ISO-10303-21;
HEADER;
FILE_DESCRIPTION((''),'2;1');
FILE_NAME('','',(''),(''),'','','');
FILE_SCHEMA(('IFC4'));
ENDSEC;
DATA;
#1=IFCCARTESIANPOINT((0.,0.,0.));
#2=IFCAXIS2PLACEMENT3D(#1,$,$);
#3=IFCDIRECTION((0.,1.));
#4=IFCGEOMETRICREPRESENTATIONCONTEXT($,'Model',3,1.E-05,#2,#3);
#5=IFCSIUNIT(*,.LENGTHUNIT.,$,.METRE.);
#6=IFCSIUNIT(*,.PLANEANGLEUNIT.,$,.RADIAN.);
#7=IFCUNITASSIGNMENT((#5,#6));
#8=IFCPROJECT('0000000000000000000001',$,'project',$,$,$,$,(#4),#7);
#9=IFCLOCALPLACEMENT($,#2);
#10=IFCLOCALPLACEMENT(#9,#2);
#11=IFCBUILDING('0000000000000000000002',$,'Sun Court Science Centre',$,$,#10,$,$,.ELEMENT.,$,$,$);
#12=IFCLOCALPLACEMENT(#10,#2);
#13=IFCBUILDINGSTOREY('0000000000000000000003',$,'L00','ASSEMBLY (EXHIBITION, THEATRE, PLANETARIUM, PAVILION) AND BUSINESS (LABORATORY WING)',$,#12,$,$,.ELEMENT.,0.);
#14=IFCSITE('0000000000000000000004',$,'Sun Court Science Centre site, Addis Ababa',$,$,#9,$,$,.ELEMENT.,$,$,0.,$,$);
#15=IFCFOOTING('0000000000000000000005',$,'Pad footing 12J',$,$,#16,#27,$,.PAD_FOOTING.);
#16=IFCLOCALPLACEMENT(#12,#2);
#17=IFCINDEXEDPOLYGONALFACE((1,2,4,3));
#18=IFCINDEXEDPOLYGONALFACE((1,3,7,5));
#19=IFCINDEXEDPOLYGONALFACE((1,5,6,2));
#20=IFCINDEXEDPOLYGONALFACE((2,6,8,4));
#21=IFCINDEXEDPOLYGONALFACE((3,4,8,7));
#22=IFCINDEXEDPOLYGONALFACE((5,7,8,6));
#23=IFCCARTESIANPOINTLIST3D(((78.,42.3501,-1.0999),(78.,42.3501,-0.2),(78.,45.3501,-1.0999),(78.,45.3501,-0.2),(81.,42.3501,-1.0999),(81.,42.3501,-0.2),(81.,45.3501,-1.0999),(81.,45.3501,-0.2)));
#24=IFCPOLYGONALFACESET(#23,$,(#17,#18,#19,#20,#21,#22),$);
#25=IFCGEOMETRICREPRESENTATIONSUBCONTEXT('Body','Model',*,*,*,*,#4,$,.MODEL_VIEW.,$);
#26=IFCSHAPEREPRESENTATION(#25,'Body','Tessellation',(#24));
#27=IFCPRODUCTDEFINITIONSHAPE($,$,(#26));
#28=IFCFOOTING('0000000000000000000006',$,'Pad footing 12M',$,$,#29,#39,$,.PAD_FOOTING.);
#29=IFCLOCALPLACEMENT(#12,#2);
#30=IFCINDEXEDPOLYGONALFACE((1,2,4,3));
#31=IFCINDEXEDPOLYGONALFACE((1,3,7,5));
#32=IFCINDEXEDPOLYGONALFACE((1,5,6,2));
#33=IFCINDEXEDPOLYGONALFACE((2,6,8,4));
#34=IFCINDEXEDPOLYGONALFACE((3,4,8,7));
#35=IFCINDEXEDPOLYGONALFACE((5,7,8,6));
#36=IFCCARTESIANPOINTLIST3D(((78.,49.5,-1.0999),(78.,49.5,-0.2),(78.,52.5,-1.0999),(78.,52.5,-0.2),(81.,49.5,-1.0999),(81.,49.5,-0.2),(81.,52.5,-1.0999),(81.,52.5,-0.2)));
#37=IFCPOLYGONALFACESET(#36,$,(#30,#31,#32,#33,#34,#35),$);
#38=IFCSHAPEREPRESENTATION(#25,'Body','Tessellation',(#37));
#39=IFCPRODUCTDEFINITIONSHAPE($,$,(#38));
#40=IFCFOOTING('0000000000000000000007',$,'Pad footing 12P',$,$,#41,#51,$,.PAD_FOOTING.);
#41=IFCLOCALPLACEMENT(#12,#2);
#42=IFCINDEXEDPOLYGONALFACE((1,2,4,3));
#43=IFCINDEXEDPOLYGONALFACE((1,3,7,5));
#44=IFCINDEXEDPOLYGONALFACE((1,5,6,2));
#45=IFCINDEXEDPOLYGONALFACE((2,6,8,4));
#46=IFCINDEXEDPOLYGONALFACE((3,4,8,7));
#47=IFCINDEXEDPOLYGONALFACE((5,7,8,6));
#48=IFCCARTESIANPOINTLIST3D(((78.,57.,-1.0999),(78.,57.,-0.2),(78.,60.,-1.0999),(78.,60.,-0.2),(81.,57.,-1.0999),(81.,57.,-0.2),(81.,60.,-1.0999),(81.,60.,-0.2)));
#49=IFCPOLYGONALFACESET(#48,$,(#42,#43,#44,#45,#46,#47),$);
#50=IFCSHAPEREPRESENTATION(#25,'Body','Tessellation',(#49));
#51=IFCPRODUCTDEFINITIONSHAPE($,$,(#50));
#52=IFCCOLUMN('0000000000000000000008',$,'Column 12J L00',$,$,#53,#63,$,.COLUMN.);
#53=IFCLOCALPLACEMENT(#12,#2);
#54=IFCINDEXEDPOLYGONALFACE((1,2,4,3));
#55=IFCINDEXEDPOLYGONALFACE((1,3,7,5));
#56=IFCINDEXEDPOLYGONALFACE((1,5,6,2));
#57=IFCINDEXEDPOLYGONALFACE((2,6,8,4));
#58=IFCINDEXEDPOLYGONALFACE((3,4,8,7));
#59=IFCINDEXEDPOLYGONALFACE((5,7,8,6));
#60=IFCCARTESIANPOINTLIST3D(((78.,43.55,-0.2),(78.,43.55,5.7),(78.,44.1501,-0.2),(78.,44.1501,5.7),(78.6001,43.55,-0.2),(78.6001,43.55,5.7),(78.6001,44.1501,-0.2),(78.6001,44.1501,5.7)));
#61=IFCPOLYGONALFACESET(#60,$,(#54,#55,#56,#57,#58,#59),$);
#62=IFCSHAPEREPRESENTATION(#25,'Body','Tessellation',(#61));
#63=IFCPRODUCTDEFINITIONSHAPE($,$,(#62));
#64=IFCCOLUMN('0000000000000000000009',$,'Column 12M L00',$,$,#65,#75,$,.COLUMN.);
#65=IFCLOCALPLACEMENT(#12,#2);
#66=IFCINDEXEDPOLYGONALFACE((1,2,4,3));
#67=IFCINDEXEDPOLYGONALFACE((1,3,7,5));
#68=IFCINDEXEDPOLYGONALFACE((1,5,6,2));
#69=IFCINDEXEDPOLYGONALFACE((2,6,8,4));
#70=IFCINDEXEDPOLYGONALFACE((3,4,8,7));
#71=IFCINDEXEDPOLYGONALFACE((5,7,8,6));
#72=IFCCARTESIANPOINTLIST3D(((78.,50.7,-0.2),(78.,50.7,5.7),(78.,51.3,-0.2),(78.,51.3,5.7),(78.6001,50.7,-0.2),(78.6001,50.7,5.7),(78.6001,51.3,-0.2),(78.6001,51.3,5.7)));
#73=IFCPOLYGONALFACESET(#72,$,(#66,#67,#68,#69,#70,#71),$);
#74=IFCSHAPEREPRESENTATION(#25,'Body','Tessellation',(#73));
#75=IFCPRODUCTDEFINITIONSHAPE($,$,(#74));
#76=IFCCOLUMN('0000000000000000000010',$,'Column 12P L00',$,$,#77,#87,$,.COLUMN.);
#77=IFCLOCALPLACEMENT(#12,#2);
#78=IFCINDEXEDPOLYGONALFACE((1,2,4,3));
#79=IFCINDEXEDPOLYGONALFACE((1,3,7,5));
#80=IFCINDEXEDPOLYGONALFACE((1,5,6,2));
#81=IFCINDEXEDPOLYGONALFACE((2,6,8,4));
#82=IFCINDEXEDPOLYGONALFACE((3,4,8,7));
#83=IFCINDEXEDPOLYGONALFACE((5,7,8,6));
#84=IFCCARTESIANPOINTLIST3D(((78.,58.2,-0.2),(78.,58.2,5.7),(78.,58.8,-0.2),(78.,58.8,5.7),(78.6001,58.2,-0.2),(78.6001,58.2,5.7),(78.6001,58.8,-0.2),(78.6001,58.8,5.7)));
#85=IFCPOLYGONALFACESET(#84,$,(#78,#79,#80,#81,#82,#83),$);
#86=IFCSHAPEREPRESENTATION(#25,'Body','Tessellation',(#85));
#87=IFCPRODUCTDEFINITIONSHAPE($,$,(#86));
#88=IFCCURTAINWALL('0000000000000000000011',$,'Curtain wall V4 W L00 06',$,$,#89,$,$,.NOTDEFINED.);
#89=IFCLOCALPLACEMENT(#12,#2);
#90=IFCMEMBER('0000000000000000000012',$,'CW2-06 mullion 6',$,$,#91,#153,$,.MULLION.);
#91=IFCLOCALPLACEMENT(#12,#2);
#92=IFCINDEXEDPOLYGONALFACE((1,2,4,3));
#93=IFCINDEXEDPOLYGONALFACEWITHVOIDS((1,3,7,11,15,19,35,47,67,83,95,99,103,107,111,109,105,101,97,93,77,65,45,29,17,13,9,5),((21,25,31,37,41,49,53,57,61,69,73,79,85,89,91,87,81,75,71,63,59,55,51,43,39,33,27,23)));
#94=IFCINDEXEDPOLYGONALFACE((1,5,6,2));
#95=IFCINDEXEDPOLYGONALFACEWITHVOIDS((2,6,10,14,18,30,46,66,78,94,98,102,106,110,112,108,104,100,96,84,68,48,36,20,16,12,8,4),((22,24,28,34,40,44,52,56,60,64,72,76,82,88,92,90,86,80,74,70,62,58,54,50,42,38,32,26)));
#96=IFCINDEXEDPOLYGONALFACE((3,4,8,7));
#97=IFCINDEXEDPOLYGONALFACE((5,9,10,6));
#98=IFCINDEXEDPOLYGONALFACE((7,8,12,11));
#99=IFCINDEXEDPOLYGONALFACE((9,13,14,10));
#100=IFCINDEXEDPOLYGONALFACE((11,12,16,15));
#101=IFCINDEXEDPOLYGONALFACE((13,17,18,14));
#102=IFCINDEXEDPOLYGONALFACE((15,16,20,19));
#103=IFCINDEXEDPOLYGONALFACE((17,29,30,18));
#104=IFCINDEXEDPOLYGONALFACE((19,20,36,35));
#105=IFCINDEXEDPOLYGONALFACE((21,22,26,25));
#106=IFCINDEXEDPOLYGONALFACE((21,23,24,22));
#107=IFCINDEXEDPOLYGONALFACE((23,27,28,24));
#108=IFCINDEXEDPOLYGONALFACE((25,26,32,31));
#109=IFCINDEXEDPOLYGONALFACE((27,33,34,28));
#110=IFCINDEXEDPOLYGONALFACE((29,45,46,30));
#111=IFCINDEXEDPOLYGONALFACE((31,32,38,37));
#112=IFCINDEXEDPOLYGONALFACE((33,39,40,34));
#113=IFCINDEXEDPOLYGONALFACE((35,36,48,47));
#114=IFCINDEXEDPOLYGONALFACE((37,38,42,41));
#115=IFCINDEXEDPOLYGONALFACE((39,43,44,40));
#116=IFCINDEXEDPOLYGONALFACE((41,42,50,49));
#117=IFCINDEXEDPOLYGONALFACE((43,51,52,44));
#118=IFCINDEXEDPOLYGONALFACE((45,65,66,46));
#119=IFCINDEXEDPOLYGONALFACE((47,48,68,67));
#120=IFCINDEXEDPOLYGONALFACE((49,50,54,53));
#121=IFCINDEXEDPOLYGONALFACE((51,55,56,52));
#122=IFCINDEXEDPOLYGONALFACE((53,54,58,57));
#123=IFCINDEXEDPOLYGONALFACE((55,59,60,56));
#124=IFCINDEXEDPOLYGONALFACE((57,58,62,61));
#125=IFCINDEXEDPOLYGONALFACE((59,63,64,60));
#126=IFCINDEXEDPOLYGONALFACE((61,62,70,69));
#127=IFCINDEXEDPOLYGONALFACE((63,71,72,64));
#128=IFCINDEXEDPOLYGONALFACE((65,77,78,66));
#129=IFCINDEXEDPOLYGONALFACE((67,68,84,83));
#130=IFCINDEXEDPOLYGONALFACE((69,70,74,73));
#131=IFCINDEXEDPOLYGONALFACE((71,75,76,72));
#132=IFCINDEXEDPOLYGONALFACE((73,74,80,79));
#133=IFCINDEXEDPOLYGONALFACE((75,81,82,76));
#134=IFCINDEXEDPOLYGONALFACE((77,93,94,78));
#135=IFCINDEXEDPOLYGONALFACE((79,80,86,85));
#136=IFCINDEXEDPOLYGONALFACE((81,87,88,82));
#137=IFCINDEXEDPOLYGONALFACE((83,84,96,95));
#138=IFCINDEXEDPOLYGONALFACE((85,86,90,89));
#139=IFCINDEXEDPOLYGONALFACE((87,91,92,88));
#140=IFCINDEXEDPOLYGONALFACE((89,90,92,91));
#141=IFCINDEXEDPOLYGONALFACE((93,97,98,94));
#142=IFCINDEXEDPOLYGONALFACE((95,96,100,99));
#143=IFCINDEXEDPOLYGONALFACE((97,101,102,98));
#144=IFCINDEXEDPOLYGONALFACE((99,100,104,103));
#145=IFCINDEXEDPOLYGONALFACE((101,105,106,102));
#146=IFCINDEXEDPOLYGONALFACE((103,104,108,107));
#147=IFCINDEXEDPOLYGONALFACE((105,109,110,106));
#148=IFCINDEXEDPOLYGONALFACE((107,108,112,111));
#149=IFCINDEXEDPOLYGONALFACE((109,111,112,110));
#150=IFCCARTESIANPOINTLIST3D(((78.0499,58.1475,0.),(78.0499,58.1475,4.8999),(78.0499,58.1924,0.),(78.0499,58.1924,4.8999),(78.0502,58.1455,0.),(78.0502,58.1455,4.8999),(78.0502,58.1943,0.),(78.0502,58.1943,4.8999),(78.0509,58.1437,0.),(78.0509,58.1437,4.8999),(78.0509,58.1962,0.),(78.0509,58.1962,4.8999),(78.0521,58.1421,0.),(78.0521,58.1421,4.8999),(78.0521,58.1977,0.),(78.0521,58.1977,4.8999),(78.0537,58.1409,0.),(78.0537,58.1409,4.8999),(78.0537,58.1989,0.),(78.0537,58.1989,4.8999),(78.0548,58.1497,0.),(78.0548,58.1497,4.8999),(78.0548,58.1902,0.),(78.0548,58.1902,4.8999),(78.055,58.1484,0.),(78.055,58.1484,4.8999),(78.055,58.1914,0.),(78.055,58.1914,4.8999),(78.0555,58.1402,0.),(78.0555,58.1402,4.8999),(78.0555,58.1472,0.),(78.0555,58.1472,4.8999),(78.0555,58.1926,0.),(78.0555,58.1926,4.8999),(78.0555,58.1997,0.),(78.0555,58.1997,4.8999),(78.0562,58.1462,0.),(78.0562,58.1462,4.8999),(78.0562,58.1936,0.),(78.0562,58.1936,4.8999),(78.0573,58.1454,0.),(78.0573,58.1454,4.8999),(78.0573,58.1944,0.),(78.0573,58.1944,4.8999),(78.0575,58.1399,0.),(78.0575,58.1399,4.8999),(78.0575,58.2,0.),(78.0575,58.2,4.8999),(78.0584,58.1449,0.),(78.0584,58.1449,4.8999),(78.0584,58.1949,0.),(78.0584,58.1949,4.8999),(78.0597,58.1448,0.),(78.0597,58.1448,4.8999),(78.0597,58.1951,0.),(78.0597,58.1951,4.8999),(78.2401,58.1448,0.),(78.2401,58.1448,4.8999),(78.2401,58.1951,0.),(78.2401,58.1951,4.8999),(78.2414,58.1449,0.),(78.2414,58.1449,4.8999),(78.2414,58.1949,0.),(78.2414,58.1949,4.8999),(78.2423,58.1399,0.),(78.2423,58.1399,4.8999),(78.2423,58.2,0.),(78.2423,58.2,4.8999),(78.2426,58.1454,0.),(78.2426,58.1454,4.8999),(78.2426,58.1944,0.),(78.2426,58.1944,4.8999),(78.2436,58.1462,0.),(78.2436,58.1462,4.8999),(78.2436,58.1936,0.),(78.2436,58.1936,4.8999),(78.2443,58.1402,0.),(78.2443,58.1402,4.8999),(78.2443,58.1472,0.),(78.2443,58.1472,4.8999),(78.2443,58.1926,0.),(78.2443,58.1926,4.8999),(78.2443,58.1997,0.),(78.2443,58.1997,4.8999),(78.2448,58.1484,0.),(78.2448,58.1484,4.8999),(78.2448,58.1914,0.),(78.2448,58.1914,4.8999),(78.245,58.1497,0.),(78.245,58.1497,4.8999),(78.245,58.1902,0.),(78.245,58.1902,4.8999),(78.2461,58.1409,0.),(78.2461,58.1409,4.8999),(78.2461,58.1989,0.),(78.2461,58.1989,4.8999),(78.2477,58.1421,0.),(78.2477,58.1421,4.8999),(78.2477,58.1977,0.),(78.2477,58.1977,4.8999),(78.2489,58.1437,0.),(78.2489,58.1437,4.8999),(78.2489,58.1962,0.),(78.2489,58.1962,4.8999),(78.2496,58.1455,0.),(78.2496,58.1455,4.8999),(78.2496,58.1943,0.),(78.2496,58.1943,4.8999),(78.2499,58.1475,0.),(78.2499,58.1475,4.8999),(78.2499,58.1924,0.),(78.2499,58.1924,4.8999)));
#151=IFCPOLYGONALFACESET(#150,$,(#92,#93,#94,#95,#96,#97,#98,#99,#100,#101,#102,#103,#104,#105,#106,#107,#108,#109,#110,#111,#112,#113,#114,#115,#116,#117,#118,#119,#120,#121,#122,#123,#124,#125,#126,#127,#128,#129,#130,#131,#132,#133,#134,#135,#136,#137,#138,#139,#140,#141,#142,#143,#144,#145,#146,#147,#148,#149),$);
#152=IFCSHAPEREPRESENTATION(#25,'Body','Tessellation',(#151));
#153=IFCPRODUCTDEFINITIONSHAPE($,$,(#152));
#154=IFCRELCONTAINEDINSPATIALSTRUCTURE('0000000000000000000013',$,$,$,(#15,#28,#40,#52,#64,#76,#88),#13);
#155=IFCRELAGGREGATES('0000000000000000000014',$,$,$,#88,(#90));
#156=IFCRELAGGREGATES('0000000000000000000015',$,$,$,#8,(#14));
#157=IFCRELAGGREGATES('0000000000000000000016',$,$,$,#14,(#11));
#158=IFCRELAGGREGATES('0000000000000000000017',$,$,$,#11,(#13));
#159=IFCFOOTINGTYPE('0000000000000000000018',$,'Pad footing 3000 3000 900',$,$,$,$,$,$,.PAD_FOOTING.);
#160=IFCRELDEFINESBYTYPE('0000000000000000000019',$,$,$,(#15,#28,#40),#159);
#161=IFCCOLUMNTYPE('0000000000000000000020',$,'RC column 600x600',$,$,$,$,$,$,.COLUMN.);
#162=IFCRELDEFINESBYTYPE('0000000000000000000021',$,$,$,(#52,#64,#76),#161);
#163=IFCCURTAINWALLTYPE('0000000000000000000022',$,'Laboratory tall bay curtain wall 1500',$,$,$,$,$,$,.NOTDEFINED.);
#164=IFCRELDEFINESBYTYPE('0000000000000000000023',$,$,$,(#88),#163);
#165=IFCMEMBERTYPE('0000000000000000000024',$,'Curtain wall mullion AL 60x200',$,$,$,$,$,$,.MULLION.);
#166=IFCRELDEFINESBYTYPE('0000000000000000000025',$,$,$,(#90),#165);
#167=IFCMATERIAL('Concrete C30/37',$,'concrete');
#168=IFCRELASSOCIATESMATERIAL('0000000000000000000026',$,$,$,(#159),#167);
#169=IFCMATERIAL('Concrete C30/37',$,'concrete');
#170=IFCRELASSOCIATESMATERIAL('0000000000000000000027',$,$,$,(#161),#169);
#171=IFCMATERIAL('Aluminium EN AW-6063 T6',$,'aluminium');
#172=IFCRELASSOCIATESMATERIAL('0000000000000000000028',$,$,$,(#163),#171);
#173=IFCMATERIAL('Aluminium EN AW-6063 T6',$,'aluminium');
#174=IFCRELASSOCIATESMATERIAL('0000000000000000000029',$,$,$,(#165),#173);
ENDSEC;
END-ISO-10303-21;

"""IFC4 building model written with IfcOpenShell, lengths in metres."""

from ifc_helpers import new_model, si_unit, direction, frame, origin, origin_2d, place, context, subcontext, project, spatial, rectangle, hollow_rectangle, extrude, material, material_profile, profile_set, type_object, element, aggregate, save


model = new_model("IFC4")

# Units and contexts
model_context = context("Model", 3, precision=1e-05, world=origin(), true_north=direction((0.0, 1.0)))
body_context = subcontext(model_context, "Body", "Model", "MODEL_VIEW")
ifc_project = project(units=[si_unit("LENGTHUNIT", "METRE"), si_unit("PLANEANGLEUNIT", "RADIAN")], contexts=[model_context])

# Site, building, storey
site_placement = place(None, origin())
site = spatial("IfcSite", under=ifc_project, at=site_placement, Name="Sun Court Science Centre site, Addis Ababa", CompositionType="ELEMENT", RefElevation=0.0)
building_placement = place(site_placement, origin())
building = spatial("IfcBuilding", under=site, at=building_placement, Name="Sun Court Science Centre", CompositionType="ELEMENT")
storey_placement = place(building_placement, origin())
storey = spatial("IfcBuildingStorey", under=building, at=storey_placement, Name="L00", Description="ASSEMBLY (EXHIBITION, THEATRE, PLANETARIUM, PAVILION) AND BUSINESS (LABORATORY WING)", CompositionType="ELEMENT", Elevation=0.0)

# Footings
ifc_material_1 = material(Name="Concrete C30/37", Category="concrete")
footing_type = type_object("IfcFootingType", Name="Pad footing 3000 3000 900", PredefinedType="PAD_FOOTING", material=ifc_material_1)
for number, where, z_axis, x_axis, name in (
    (1, (79.5, 43.8501, -1.0999), (0.0, 0.0, 1.0), (1.0, 0.0, 0.0), "Pad footing 12J"),
    (2, (79.5, 51.0, -1.0999), (0.0, 0.0, 1.0), (1.0, 0.0, 0.0), "Pad footing 12M"),
    (3, (79.5, 58.5, -1.0999), (0.0, 0.0, 1.0), (1.0, 0.0, 0.0), "Pad footing 12P"),
):
    element("IfcFooting", number, at=place(storey_placement, frame(where, z_axis=z_axis, x_axis=x_axis)), inside=storey, type_object=footing_type, Name=name, PredefinedType="PAD_FOOTING", context=body_context, shape_type="SweptSolid", body=[
        extrude(rectangle(XDim=3.0, YDim=3.0, at=origin_2d()), origin(), (0.0, 0.0, 1.0), 0.8999),
    ])

# Columns
ifc_material_2 = material(Name="Concrete C30/37", Category="concrete")
ifc_material_profile_1 = material_profile(ifc_material_2, rectangle(XDim=0.6001, YDim=0.6001, at=origin_2d()), Name="RC 600x600")
ifc_profile_set_1 = profile_set([ifc_material_profile_1], Name="Concrete C30/37")
column_type = type_object("IfcColumnType", Name="RC column 600x600", PredefinedType="COLUMN", material=ifc_profile_set_1)
for number, where, z_axis, x_axis, name in (
    (4, (78.3, 43.8501, -0.2), (0.0, 0.0, 1.0), (1.0, 0.0, 0.0), "Column 12J L00"),
    (5, (78.3, 51.0, -0.2), (0.0, 0.0, 1.0), (1.0, 0.0, 0.0), "Column 12M L00"),
    (6, (78.3, 58.5, -0.2), (0.0, 0.0, 1.0), (1.0, 0.0, 0.0), "Column 12P L00"),
):
    element("IfcColumn", number, at=place(storey_placement, frame(where, z_axis=z_axis, x_axis=x_axis)), inside=storey, type_object=column_type, Name=name, PredefinedType="COLUMN", context=body_context, shape_type="SweptSolid", body=[
        extrude(rectangle(XDim=0.6001, YDim=0.6001, at=origin_2d()), origin(), (0.0, 0.0, 1.0), 5.8999),
    ])

# Curtain wall, member
ifc_material_3 = material(Name="Aluminium EN AW-6063 T6", Category="aluminium")
curtain_wall_type = type_object("IfcCurtainWallType", Name="Laboratory tall bay curtain wall 1500", PredefinedType="NOTDEFINED", material=ifc_material_3)
curtain_wall_placement = place(storey_placement, origin())
curtain_wall = element("IfcCurtainWall", 7, at=curtain_wall_placement, inside=storey, type_object=curtain_wall_type, Name="Curtain wall V4 W L00 06", PredefinedType="NOTDEFINED")
ifc_material_4 = material(Name="Aluminium EN AW-6063 T6", Category="aluminium")
ifc_material_profile_2 = material_profile(ifc_material_4, hollow_rectangle(XDim=0.0601, YDim=0.2, WallThickness=0.0049, InnerFilletRadius=0.0049, OuterFilletRadius=0.0076, at=origin_2d()), Name="AL 60x200x5")
ifc_profile_set_2 = profile_set([ifc_material_profile_2], Name="Aluminium EN AW-6063 T6")
member_type_1 = type_object("IfcMemberType", Name="Curtain wall mullion AL 60x200", PredefinedType="MULLION", material=ifc_profile_set_2)
member_1_placement = place(storey_placement, frame((78.1499, 58.1699, 0.0), z_axis=(0.0, 0.0, 1.0), x_axis=(0.0, 1.0, 0.0)))
member_1 = element("IfcMember", 8, at=member_1_placement, type_object=member_type_1, Name="CW2-06 mullion 6", PredefinedType="MULLION", context=body_context, shape_type="SweptSolid", body=[
    extrude(hollow_rectangle(XDim=0.0601, YDim=0.2, WallThickness=0.0049, InnerFilletRadius=0.0049, OuterFilletRadius=0.0076, at=origin_2d()), origin(), (0.0, 0.0, 1.0), 4.8999),
])

aggregate(curtain_wall, [member_1])

save(model, "model.ifc")
